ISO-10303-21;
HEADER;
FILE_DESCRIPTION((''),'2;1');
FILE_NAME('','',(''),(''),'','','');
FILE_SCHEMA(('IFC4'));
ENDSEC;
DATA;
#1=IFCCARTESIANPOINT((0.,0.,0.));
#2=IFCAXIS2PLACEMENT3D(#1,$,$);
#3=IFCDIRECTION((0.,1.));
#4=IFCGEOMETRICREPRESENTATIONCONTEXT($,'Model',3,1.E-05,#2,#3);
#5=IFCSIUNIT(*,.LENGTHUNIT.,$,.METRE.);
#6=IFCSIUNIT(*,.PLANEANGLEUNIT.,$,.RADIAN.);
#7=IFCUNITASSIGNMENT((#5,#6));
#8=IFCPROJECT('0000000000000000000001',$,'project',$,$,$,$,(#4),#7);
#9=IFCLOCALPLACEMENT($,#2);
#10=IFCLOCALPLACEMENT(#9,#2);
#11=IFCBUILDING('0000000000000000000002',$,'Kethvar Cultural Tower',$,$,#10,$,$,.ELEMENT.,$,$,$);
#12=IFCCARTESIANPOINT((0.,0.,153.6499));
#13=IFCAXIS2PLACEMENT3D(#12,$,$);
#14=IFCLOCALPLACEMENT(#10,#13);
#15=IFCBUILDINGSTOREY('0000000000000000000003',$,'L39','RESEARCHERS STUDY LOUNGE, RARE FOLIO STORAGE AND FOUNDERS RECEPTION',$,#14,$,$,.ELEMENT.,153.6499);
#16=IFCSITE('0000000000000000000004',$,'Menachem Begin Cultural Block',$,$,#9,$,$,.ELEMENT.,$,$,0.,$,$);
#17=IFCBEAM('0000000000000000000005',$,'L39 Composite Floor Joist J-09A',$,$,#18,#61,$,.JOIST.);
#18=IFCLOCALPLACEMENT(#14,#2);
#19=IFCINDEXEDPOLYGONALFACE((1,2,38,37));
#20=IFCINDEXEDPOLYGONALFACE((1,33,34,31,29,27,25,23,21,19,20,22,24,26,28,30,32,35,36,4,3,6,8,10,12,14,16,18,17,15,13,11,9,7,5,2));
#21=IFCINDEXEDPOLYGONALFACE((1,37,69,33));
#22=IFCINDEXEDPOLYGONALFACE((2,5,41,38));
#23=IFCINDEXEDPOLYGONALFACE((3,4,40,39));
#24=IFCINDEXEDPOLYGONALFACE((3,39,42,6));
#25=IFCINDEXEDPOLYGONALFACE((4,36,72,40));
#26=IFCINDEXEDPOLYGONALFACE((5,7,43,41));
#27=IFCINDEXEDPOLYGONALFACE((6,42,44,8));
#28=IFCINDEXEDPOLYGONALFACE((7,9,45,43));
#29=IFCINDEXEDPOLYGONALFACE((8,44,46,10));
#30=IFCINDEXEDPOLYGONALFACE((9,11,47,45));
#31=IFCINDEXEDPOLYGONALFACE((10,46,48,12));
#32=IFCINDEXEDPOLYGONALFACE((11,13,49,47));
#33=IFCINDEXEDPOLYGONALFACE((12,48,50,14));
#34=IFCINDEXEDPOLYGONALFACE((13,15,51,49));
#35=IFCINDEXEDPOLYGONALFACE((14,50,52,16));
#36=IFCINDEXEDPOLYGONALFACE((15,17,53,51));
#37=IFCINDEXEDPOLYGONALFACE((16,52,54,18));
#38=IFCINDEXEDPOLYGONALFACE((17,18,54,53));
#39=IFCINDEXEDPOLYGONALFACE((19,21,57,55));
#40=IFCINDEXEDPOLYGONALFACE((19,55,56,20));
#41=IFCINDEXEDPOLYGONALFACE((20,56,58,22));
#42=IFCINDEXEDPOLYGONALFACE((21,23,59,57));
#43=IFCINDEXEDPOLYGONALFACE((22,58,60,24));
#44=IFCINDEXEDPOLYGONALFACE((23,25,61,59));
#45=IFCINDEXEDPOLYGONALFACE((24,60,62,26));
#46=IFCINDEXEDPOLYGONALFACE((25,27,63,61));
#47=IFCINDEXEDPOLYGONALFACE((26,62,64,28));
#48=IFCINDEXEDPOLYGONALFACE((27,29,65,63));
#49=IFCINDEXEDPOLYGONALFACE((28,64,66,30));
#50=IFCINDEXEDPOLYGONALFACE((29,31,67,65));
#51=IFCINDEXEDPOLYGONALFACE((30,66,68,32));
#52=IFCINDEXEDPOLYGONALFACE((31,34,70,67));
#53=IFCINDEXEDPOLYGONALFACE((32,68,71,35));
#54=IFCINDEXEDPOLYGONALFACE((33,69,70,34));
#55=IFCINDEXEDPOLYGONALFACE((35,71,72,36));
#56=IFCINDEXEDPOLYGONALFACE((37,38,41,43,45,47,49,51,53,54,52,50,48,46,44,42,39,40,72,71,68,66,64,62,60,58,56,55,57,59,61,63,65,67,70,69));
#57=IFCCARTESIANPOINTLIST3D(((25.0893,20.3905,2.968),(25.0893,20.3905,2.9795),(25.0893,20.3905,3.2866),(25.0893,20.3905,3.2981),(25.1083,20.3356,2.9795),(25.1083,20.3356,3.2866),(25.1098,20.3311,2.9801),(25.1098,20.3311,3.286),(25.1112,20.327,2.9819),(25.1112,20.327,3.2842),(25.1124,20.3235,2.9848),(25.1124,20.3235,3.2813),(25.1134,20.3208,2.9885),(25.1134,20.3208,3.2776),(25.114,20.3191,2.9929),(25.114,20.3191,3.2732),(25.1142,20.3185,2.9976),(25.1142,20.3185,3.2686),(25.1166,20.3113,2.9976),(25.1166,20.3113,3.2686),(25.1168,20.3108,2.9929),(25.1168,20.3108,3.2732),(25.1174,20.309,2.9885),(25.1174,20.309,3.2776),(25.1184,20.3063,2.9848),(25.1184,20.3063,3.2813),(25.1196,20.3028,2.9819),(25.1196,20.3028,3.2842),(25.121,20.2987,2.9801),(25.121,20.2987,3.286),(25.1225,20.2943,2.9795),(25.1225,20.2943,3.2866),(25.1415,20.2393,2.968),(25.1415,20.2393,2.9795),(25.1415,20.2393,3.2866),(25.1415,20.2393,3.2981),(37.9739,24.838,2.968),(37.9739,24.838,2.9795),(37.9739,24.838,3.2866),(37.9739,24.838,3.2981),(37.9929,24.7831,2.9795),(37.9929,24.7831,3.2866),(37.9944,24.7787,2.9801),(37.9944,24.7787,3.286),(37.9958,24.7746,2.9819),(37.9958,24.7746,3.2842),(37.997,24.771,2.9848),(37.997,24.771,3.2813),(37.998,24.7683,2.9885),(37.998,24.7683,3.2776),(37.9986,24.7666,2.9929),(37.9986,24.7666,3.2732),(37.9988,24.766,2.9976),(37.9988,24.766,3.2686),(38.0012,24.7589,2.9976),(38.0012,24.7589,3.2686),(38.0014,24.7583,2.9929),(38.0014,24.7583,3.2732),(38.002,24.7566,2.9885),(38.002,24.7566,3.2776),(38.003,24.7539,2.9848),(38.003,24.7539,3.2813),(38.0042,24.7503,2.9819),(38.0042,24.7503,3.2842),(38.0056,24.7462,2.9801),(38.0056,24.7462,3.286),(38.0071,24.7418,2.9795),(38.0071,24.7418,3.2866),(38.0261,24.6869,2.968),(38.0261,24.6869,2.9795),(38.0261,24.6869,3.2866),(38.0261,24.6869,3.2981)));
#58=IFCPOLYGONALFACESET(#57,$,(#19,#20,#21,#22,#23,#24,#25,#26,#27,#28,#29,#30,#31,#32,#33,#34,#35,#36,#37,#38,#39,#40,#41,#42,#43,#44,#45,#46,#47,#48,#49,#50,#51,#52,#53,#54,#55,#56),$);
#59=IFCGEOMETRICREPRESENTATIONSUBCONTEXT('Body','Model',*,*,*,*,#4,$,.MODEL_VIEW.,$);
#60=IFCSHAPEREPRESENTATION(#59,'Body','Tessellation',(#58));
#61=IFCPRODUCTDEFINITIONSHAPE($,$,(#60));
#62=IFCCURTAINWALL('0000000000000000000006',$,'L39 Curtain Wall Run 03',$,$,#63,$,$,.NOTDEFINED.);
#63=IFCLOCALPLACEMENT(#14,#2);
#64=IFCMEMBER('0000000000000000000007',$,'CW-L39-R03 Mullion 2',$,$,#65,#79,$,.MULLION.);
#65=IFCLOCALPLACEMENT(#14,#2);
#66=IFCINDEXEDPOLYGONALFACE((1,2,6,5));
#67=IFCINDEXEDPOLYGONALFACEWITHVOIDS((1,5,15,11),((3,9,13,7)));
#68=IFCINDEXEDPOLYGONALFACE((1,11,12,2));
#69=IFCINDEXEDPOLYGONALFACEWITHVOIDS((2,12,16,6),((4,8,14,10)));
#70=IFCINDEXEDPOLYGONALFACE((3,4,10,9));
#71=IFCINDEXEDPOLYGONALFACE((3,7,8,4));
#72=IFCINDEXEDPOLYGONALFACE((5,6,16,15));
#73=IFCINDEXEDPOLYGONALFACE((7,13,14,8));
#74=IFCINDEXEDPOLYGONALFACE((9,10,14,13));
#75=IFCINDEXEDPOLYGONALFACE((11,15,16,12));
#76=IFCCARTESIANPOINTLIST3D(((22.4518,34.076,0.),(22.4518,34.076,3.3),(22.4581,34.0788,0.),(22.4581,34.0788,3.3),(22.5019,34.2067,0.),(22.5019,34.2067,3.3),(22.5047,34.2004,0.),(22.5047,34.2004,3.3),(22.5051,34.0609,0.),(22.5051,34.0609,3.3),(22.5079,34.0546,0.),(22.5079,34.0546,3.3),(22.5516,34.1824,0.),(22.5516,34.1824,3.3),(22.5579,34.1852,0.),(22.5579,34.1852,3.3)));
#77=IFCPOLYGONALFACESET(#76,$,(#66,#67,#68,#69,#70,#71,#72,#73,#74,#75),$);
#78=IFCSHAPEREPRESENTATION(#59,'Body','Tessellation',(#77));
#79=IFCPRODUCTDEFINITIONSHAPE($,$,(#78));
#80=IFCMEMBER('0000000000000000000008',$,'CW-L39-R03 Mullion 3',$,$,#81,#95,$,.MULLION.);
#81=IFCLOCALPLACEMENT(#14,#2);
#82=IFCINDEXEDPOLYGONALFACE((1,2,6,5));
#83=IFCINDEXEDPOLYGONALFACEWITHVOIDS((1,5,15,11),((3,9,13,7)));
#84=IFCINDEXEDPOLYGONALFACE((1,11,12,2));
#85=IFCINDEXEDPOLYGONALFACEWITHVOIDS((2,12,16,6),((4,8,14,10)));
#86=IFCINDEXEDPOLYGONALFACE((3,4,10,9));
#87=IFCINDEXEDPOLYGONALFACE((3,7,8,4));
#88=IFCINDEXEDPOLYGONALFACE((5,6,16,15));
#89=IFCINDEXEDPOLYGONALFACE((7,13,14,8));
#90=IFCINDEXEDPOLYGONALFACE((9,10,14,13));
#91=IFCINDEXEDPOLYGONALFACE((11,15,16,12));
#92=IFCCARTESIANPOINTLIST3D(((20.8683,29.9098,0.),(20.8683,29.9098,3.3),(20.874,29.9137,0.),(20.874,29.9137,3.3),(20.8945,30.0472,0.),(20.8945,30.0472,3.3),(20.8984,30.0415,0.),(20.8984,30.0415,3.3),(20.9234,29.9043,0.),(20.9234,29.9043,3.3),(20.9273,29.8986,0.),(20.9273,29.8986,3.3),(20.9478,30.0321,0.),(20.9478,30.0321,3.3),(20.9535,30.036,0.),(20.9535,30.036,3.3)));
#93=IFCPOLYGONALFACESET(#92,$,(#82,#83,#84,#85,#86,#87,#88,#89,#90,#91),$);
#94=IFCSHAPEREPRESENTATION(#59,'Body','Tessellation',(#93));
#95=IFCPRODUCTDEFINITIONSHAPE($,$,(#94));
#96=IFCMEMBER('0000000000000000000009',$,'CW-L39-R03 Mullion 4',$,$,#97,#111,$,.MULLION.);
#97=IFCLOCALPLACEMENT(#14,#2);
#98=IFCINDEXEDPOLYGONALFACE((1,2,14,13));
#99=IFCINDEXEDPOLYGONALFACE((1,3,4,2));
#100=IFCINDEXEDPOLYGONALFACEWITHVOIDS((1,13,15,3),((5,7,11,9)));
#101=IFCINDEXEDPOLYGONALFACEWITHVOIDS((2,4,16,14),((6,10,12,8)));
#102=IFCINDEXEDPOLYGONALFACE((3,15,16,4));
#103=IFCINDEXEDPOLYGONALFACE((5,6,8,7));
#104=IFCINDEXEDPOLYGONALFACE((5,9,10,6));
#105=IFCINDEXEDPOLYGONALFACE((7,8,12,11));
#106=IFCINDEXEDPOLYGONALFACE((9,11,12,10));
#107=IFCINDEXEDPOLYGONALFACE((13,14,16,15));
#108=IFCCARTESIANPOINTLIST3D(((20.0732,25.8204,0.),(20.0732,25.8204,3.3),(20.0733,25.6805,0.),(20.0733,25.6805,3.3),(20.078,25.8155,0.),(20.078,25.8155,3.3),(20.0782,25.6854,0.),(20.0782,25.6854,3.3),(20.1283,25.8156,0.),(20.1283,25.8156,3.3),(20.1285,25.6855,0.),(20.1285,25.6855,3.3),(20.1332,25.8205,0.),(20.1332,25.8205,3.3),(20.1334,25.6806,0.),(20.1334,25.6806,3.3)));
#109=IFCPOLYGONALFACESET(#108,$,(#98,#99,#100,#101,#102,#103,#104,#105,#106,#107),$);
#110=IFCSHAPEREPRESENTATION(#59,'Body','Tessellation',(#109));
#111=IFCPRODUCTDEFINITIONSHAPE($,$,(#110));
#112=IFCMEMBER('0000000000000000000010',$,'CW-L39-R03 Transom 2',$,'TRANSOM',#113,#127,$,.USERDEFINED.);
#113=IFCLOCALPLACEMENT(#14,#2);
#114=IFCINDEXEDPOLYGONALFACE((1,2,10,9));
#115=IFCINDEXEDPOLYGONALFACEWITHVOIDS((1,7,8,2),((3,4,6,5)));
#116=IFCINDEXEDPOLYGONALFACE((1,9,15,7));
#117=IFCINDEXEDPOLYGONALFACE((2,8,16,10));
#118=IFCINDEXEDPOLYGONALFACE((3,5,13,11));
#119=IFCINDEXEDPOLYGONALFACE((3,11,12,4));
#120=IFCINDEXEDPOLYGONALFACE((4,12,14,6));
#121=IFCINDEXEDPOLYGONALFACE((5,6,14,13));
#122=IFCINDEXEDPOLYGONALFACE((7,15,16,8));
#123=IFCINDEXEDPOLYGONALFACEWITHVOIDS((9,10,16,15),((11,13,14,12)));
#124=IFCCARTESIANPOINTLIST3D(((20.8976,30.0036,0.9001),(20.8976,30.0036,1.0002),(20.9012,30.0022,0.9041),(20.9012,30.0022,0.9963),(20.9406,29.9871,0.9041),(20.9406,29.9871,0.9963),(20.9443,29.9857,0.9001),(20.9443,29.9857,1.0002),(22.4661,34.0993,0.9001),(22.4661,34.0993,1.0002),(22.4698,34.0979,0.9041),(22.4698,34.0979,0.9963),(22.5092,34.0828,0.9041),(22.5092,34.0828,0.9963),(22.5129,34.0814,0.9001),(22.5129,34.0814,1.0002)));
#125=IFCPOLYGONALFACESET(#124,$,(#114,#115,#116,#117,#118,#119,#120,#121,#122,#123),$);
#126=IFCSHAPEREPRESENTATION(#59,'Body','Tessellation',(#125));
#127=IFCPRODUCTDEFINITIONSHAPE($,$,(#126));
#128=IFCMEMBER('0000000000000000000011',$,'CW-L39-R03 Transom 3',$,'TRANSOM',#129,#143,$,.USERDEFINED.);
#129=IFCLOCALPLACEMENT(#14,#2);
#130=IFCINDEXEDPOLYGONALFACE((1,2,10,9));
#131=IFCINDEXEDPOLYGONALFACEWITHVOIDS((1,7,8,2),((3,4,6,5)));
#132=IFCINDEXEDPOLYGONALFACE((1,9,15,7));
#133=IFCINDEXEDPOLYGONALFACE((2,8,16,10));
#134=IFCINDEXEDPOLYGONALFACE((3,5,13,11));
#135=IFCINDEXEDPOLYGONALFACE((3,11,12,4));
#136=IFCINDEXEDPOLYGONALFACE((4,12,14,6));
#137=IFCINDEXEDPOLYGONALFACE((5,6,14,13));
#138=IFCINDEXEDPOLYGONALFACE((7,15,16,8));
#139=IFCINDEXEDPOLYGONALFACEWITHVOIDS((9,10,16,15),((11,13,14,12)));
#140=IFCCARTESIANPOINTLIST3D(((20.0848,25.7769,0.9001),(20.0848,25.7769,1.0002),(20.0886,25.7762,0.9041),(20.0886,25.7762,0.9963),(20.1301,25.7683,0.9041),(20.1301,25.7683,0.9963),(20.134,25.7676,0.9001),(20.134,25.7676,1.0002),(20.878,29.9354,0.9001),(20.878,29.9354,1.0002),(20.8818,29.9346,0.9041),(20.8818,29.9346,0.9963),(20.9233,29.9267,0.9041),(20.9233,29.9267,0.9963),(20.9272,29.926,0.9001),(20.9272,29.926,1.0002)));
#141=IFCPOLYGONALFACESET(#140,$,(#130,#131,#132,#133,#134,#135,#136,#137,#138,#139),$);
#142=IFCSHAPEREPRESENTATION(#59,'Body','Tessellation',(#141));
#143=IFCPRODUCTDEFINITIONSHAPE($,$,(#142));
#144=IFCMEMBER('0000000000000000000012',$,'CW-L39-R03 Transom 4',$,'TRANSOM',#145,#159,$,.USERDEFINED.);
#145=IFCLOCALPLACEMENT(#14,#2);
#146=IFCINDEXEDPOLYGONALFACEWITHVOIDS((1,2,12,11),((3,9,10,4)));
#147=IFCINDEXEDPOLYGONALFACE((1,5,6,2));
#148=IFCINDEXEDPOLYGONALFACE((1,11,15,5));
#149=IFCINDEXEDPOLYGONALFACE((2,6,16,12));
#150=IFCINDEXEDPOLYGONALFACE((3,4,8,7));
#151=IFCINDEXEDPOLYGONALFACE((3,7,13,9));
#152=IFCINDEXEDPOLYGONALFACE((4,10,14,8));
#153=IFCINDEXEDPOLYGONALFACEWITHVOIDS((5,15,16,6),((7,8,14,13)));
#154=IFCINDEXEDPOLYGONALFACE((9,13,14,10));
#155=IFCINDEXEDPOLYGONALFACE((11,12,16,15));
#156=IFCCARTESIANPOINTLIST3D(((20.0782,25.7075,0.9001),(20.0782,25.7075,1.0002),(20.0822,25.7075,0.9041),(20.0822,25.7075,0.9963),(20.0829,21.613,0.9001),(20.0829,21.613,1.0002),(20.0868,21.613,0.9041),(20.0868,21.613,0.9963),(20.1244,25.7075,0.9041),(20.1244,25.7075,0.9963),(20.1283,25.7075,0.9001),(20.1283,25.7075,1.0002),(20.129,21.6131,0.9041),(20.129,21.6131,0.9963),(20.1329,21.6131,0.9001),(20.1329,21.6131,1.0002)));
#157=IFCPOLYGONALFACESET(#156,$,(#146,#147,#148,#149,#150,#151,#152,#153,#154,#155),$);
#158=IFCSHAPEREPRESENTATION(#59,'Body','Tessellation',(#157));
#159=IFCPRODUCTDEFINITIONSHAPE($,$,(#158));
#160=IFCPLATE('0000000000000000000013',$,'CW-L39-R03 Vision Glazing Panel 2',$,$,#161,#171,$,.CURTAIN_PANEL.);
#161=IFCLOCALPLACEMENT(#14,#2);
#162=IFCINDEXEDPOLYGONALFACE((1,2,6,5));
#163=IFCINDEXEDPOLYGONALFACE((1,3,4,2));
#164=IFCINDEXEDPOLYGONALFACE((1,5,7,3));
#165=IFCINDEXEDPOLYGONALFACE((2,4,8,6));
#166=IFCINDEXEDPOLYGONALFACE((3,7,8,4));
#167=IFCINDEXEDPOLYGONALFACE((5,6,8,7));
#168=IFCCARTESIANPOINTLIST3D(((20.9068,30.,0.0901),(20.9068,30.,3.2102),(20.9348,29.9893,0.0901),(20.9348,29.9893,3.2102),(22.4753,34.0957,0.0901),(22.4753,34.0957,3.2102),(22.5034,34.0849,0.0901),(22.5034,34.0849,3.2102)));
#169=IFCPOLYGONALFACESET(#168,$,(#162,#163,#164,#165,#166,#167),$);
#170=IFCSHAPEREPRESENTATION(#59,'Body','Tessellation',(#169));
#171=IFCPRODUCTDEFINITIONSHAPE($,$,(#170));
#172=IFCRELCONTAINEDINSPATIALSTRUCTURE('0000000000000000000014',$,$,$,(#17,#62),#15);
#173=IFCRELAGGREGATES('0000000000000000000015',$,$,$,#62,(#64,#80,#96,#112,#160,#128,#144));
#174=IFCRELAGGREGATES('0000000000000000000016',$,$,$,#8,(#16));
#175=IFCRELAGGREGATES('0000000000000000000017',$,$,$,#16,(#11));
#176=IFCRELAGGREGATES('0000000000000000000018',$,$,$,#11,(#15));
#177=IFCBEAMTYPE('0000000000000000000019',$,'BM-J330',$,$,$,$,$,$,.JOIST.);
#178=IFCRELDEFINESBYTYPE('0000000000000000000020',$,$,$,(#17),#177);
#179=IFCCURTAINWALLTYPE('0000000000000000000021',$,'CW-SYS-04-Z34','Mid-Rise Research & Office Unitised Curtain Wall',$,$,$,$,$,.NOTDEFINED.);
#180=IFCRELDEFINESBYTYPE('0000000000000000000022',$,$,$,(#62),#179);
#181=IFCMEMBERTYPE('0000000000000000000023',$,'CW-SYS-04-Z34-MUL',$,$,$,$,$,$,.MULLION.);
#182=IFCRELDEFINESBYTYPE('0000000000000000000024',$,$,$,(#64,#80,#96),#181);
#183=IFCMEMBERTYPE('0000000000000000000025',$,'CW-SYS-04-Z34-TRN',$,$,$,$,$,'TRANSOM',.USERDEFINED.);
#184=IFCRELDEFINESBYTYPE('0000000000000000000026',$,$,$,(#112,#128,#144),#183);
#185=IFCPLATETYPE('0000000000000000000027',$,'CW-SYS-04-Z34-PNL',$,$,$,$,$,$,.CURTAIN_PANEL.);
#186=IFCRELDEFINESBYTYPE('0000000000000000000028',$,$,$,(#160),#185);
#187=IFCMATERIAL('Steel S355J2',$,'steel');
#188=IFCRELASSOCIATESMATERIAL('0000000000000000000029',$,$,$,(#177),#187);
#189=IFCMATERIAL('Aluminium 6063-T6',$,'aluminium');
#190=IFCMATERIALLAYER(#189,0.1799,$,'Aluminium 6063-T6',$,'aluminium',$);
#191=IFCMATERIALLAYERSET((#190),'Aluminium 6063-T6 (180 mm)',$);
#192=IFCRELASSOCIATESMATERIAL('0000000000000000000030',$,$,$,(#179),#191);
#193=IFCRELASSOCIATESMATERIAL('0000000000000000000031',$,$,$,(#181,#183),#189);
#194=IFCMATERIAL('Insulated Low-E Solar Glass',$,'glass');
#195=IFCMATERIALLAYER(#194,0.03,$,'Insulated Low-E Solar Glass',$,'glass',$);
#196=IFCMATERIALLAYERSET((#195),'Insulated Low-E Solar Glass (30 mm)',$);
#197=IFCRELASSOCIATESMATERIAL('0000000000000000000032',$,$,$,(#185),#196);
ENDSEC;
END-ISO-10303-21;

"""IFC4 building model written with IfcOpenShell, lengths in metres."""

from ifc_helpers import new_model, si_unit, direction, frame, origin, origin_2d, place, context, subcontext, project, spatial, rectangle, hollow_rectangle, i_section, extrude, source, transform, mapped, material, layer, layer_set, material_profile, profile_set, type_object, element, aggregate, save


model = new_model("IFC4")

# Units and contexts
model_context = context("Model", 3, precision=1e-05, world=origin(), true_north=direction((0.0, 1.0)))
body_context = subcontext(model_context, "Body", "Model", "MODEL_VIEW")
ifc_project = project(units=[si_unit("LENGTHUNIT", "METRE"), si_unit("PLANEANGLEUNIT", "RADIAN")], contexts=[model_context])

# Site, building, storey
site_placement = place(None, origin())
site = spatial("IfcSite", under=ifc_project, at=site_placement, Name="Menachem Begin Cultural Block", CompositionType="ELEMENT", RefElevation=0.0)
building_placement = place(site_placement, origin())
building = spatial("IfcBuilding", under=site, at=building_placement, Name="Kethvar Cultural Tower", CompositionType="ELEMENT")
storey_placement = place(building_placement, frame((0.0, 0.0, 153.6499)))
storey = spatial("IfcBuildingStorey", under=building, at=storey_placement, Name="L39", Description="RESEARCHERS STUDY LOUNGE, RARE FOLIO STORAGE AND FOUNDERS RECEPTION", CompositionType="ELEMENT", Elevation=153.6499)

# Beam
ifc_material_1 = material(Name="Steel S355J2", Category="steel")
ifc_material_profile_1 = material_profile(ifc_material_1, i_section(OverallWidth=0.1599, OverallDepth=0.3301, WebThickness=0.0076, FlangeThickness=0.0115, FilletRadius=0.0181, at=origin_2d()), Name="Steel S355J2 — IPE330")
ifc_profile_set_1 = profile_set([ifc_material_profile_1], Name="Steel S355J2 — IPE330")
beam_type_1 = type_object("IfcBeamType", Name="BM-J330", PredefinedType="JOIST", material=ifc_profile_set_1)
shared_shape_1 = source(origin(), body_context, "Body", "SweptSolid", [
    extrude(i_section(OverallWidth=0.1599, OverallDepth=0.3301, WebThickness=0.0076, FlangeThickness=0.0115, FilletRadius=0.0181, at=origin_2d()), origin(), (0.0, 0.0, 1.0), 13.6306),
])
beam_1_placement = place(storey_placement, frame((38.0, 24.7625, 3.1331), z_axis=(-0.94527, -0.32629, 0.0), x_axis=(0.32629, -0.94527, 0.0)))
element("IfcBeam", 1, at=beam_1_placement, inside=storey, type_object=beam_type_1, Name="L39 Composite Floor Joist J-09A", PredefinedType="JOIST", context=body_context, shape_type="MappedRepresentation", body=[
    mapped(shared_shape_1, transform((0.0, 0.0, 0.0), scale=1.0)),
])

# Curtain wall, members, plate
ifc_material_2 = material(Name="Aluminium 6063-T6", Category="aluminium")
ifc_layer_1 = layer(ifc_material_2, 0.1799, Name="Aluminium 6063-T6", Category="aluminium")
ifc_layer_set_1 = layer_set([ifc_layer_1], Name="Aluminium 6063-T6 (180 mm)")
curtain_wall_type = type_object("IfcCurtainWallType", Name="CW-SYS-04-Z34", Description="Mid-Rise Research & Office Unitised Curtain Wall", PredefinedType="NOTDEFINED", material=ifc_layer_set_1)
curtain_wall_placement = place(storey_placement, origin())
curtain_wall = element("IfcCurtainWall", 2, at=curtain_wall_placement, inside=storey, type_object=curtain_wall_type, Name="L39 Curtain Wall Run 03", PredefinedType="NOTDEFINED")
ifc_material_profile_2 = material_profile(ifc_material_2, hollow_rectangle(XDim=0.0601, YDim=0.1399, WallThickness=0.0049, at=origin_2d()), Name="Aluminium 6063-T6 — RHS140x60x5")
ifc_profile_set_2 = profile_set([ifc_material_profile_2], Name="Aluminium 6063-T6 — RHS140x60x5")
member_type_1 = type_object("IfcMemberType", Name="CW-SYS-04-Z34-MUL", PredefinedType="MULLION", material=ifc_profile_set_2)
shared_shape_2 = source(origin(), body_context, "Body", "SweptSolid", [
    extrude(hollow_rectangle(XDim=0.0601, YDim=0.1399, WallThickness=0.0049, at=origin_2d()), origin(), (0.0, 0.0, 1.0), 3.3),
])
member_1_placement = place(storey_placement, frame((22.5049, 34.1306, 0.0), z_axis=(0.0, 0.0, 1.0), x_axis=(0.933855, -0.357651, 0.0)))
member_1 = element("IfcMember", 3, at=member_1_placement, type_object=member_type_1, Name="CW-L39-R03 Mullion 2", PredefinedType="MULLION", context=body_context, shape_type="MappedRepresentation", body=[
    mapped(shared_shape_2, transform((0.0, 0.0, 0.0), scale=1.0)),
])
member_2_placement = place(storey_placement, frame((20.9109, 29.9729, 0.0), z_axis=(0.0, 0.0, 1.0), x_axis=(0.982284, -0.187398, 0.0)))
member_2 = element("IfcMember", 4, at=member_2_placement, type_object=member_type_1, Name="CW-L39-R03 Mullion 3", PredefinedType="MULLION", context=body_context, shape_type="MappedRepresentation", body=[
    mapped(shared_shape_2, transform((0.0, 0.0, 0.0), scale=1.0)),
])
member_3_placement = place(storey_placement, frame((20.1033, 25.7505, 0.0), z_axis=(0.0, 0.0, 1.0), x_axis=(0.999999, 0.001169, 0.0)))
member_3 = element("IfcMember", 5, at=member_3_placement, type_object=member_type_1, Name="CW-L39-R03 Mullion 4", PredefinedType="MULLION", context=body_context, shape_type="MappedRepresentation", body=[
    mapped(shared_shape_2, transform((0.0, 0.0, 0.0), scale=1.0)),
])
ifc_material_profile_3 = material_profile(ifc_material_2, hollow_rectangle(XDim=0.05, YDim=0.1001, WallThickness=0.0039, at=origin_2d()), Name="Aluminium 6063-T6 — RHS100x50x4")
ifc_profile_set_3 = profile_set([ifc_material_profile_3], Name="Aluminium 6063-T6 — RHS100x50x4")
member_type_2 = type_object("IfcMemberType", Name="CW-SYS-04-Z34-TRN", ElementType="TRANSOM", PredefinedType="USERDEFINED", material=ifc_profile_set_3)
shared_shape_3 = source(origin(), body_context, "Body", "SweptSolid", [
    extrude(hollow_rectangle(XDim=0.05, YDim=0.1001, WallThickness=0.0039, at=origin_2d()), origin(), (0.0, 0.0, 1.0), 4.3857),
])
member_4_placement = place(storey_placement, frame((22.4895, 34.0903, 0.9502), z_axis=(-0.357654, -0.933854, 0.0), x_axis=(0.933854, -0.357654, 0.0)))
member_4 = element("IfcMember", 6, at=member_4_placement, type_object=member_type_2, Name="CW-L39-R03 Transom 2", ObjectType="TRANSOM", PredefinedType="USERDEFINED", context=body_context, shape_type="MappedRepresentation", body=[
    mapped(shared_shape_3, transform((0.0, 0.0, 0.0), scale=1.0)),
])
shared_shape_4 = source(origin(), body_context, "Body", "SweptSolid", [
    extrude(hollow_rectangle(XDim=0.05, YDim=0.1001, WallThickness=0.0039, at=origin_2d()), origin(), (0.0, 0.0, 1.0), 4.2334),
])
member_5_placement = place(storey_placement, frame((20.9026, 29.9307, 0.9502), z_axis=(-0.187369, -0.98229, 0.0), x_axis=(0.98229, -0.187369, 0.0)))
member_5 = element("IfcMember", 7, at=member_5_placement, type_object=member_type_2, Name="CW-L39-R03 Transom 3", ObjectType="TRANSOM", PredefinedType="USERDEFINED", context=body_context, shape_type="MappedRepresentation", body=[
    mapped(shared_shape_4, transform((0.0, 0.0, 0.0), scale=1.0)),
])
shared_shape_5 = source(origin(), body_context, "Body", "SweptSolid", [
    extrude(hollow_rectangle(XDim=0.05, YDim=0.1001, WallThickness=0.0039, at=origin_2d()), origin(), (0.0, 0.0, 1.0), 4.0945),
])
member_6_placement = place(storey_placement, frame((20.1033, 25.7075, 0.9502), z_axis=(0.001133, -0.999999, 0.0), x_axis=(0.999999, 0.001133, 0.0)))
member_6 = element("IfcMember", 8, at=member_6_placement, type_object=member_type_2, Name="CW-L39-R03 Transom 4", ObjectType="TRANSOM", PredefinedType="USERDEFINED", context=body_context, shape_type="MappedRepresentation", body=[
    mapped(shared_shape_5, transform((0.0, 0.0, 0.0), scale=1.0)),
])
ifc_material_3 = material(Name="Insulated Low-E Solar Glass", Category="glass")
ifc_layer_2 = layer(ifc_material_3, 0.03, Name="Insulated Low-E Solar Glass", Category="glass")
ifc_layer_set_2 = layer_set([ifc_layer_2], Name="Insulated Low-E Solar Glass (30 mm)")
plate_type = type_object("IfcPlateType", Name="CW-SYS-04-Z34-PNL", PredefinedType="CURTAIN_PANEL", material=ifc_layer_set_2)
shared_shape_6 = source(origin(), body_context, "Body", "SweptSolid", [
    extrude(rectangle(XDim=4.3857, YDim=0.03, at=origin_2d()), origin(), (0.0, 0.0, 1.0), 3.1201),
])
plate_1_placement = place(storey_placement, frame((21.7051, 32.0425, 0.0901), z_axis=(0.0, 0.0, 1.0), x_axis=(-0.357651, -0.933855, 0.0)))
plate_1 = element("IfcPlate", 9, at=plate_1_placement, type_object=plate_type, Name="CW-L39-R03 Vision Glazing Panel 2", PredefinedType="CURTAIN_PANEL", context=body_context, shape_type="MappedRepresentation", body=[
    mapped(shared_shape_6, transform((0.0, 0.0, 0.0), scale=1.0)),
])
aggregate(curtain_wall, [member_1, member_2, member_3, member_4, plate_1, member_5, member_6])

save(model, "model.ifc")
